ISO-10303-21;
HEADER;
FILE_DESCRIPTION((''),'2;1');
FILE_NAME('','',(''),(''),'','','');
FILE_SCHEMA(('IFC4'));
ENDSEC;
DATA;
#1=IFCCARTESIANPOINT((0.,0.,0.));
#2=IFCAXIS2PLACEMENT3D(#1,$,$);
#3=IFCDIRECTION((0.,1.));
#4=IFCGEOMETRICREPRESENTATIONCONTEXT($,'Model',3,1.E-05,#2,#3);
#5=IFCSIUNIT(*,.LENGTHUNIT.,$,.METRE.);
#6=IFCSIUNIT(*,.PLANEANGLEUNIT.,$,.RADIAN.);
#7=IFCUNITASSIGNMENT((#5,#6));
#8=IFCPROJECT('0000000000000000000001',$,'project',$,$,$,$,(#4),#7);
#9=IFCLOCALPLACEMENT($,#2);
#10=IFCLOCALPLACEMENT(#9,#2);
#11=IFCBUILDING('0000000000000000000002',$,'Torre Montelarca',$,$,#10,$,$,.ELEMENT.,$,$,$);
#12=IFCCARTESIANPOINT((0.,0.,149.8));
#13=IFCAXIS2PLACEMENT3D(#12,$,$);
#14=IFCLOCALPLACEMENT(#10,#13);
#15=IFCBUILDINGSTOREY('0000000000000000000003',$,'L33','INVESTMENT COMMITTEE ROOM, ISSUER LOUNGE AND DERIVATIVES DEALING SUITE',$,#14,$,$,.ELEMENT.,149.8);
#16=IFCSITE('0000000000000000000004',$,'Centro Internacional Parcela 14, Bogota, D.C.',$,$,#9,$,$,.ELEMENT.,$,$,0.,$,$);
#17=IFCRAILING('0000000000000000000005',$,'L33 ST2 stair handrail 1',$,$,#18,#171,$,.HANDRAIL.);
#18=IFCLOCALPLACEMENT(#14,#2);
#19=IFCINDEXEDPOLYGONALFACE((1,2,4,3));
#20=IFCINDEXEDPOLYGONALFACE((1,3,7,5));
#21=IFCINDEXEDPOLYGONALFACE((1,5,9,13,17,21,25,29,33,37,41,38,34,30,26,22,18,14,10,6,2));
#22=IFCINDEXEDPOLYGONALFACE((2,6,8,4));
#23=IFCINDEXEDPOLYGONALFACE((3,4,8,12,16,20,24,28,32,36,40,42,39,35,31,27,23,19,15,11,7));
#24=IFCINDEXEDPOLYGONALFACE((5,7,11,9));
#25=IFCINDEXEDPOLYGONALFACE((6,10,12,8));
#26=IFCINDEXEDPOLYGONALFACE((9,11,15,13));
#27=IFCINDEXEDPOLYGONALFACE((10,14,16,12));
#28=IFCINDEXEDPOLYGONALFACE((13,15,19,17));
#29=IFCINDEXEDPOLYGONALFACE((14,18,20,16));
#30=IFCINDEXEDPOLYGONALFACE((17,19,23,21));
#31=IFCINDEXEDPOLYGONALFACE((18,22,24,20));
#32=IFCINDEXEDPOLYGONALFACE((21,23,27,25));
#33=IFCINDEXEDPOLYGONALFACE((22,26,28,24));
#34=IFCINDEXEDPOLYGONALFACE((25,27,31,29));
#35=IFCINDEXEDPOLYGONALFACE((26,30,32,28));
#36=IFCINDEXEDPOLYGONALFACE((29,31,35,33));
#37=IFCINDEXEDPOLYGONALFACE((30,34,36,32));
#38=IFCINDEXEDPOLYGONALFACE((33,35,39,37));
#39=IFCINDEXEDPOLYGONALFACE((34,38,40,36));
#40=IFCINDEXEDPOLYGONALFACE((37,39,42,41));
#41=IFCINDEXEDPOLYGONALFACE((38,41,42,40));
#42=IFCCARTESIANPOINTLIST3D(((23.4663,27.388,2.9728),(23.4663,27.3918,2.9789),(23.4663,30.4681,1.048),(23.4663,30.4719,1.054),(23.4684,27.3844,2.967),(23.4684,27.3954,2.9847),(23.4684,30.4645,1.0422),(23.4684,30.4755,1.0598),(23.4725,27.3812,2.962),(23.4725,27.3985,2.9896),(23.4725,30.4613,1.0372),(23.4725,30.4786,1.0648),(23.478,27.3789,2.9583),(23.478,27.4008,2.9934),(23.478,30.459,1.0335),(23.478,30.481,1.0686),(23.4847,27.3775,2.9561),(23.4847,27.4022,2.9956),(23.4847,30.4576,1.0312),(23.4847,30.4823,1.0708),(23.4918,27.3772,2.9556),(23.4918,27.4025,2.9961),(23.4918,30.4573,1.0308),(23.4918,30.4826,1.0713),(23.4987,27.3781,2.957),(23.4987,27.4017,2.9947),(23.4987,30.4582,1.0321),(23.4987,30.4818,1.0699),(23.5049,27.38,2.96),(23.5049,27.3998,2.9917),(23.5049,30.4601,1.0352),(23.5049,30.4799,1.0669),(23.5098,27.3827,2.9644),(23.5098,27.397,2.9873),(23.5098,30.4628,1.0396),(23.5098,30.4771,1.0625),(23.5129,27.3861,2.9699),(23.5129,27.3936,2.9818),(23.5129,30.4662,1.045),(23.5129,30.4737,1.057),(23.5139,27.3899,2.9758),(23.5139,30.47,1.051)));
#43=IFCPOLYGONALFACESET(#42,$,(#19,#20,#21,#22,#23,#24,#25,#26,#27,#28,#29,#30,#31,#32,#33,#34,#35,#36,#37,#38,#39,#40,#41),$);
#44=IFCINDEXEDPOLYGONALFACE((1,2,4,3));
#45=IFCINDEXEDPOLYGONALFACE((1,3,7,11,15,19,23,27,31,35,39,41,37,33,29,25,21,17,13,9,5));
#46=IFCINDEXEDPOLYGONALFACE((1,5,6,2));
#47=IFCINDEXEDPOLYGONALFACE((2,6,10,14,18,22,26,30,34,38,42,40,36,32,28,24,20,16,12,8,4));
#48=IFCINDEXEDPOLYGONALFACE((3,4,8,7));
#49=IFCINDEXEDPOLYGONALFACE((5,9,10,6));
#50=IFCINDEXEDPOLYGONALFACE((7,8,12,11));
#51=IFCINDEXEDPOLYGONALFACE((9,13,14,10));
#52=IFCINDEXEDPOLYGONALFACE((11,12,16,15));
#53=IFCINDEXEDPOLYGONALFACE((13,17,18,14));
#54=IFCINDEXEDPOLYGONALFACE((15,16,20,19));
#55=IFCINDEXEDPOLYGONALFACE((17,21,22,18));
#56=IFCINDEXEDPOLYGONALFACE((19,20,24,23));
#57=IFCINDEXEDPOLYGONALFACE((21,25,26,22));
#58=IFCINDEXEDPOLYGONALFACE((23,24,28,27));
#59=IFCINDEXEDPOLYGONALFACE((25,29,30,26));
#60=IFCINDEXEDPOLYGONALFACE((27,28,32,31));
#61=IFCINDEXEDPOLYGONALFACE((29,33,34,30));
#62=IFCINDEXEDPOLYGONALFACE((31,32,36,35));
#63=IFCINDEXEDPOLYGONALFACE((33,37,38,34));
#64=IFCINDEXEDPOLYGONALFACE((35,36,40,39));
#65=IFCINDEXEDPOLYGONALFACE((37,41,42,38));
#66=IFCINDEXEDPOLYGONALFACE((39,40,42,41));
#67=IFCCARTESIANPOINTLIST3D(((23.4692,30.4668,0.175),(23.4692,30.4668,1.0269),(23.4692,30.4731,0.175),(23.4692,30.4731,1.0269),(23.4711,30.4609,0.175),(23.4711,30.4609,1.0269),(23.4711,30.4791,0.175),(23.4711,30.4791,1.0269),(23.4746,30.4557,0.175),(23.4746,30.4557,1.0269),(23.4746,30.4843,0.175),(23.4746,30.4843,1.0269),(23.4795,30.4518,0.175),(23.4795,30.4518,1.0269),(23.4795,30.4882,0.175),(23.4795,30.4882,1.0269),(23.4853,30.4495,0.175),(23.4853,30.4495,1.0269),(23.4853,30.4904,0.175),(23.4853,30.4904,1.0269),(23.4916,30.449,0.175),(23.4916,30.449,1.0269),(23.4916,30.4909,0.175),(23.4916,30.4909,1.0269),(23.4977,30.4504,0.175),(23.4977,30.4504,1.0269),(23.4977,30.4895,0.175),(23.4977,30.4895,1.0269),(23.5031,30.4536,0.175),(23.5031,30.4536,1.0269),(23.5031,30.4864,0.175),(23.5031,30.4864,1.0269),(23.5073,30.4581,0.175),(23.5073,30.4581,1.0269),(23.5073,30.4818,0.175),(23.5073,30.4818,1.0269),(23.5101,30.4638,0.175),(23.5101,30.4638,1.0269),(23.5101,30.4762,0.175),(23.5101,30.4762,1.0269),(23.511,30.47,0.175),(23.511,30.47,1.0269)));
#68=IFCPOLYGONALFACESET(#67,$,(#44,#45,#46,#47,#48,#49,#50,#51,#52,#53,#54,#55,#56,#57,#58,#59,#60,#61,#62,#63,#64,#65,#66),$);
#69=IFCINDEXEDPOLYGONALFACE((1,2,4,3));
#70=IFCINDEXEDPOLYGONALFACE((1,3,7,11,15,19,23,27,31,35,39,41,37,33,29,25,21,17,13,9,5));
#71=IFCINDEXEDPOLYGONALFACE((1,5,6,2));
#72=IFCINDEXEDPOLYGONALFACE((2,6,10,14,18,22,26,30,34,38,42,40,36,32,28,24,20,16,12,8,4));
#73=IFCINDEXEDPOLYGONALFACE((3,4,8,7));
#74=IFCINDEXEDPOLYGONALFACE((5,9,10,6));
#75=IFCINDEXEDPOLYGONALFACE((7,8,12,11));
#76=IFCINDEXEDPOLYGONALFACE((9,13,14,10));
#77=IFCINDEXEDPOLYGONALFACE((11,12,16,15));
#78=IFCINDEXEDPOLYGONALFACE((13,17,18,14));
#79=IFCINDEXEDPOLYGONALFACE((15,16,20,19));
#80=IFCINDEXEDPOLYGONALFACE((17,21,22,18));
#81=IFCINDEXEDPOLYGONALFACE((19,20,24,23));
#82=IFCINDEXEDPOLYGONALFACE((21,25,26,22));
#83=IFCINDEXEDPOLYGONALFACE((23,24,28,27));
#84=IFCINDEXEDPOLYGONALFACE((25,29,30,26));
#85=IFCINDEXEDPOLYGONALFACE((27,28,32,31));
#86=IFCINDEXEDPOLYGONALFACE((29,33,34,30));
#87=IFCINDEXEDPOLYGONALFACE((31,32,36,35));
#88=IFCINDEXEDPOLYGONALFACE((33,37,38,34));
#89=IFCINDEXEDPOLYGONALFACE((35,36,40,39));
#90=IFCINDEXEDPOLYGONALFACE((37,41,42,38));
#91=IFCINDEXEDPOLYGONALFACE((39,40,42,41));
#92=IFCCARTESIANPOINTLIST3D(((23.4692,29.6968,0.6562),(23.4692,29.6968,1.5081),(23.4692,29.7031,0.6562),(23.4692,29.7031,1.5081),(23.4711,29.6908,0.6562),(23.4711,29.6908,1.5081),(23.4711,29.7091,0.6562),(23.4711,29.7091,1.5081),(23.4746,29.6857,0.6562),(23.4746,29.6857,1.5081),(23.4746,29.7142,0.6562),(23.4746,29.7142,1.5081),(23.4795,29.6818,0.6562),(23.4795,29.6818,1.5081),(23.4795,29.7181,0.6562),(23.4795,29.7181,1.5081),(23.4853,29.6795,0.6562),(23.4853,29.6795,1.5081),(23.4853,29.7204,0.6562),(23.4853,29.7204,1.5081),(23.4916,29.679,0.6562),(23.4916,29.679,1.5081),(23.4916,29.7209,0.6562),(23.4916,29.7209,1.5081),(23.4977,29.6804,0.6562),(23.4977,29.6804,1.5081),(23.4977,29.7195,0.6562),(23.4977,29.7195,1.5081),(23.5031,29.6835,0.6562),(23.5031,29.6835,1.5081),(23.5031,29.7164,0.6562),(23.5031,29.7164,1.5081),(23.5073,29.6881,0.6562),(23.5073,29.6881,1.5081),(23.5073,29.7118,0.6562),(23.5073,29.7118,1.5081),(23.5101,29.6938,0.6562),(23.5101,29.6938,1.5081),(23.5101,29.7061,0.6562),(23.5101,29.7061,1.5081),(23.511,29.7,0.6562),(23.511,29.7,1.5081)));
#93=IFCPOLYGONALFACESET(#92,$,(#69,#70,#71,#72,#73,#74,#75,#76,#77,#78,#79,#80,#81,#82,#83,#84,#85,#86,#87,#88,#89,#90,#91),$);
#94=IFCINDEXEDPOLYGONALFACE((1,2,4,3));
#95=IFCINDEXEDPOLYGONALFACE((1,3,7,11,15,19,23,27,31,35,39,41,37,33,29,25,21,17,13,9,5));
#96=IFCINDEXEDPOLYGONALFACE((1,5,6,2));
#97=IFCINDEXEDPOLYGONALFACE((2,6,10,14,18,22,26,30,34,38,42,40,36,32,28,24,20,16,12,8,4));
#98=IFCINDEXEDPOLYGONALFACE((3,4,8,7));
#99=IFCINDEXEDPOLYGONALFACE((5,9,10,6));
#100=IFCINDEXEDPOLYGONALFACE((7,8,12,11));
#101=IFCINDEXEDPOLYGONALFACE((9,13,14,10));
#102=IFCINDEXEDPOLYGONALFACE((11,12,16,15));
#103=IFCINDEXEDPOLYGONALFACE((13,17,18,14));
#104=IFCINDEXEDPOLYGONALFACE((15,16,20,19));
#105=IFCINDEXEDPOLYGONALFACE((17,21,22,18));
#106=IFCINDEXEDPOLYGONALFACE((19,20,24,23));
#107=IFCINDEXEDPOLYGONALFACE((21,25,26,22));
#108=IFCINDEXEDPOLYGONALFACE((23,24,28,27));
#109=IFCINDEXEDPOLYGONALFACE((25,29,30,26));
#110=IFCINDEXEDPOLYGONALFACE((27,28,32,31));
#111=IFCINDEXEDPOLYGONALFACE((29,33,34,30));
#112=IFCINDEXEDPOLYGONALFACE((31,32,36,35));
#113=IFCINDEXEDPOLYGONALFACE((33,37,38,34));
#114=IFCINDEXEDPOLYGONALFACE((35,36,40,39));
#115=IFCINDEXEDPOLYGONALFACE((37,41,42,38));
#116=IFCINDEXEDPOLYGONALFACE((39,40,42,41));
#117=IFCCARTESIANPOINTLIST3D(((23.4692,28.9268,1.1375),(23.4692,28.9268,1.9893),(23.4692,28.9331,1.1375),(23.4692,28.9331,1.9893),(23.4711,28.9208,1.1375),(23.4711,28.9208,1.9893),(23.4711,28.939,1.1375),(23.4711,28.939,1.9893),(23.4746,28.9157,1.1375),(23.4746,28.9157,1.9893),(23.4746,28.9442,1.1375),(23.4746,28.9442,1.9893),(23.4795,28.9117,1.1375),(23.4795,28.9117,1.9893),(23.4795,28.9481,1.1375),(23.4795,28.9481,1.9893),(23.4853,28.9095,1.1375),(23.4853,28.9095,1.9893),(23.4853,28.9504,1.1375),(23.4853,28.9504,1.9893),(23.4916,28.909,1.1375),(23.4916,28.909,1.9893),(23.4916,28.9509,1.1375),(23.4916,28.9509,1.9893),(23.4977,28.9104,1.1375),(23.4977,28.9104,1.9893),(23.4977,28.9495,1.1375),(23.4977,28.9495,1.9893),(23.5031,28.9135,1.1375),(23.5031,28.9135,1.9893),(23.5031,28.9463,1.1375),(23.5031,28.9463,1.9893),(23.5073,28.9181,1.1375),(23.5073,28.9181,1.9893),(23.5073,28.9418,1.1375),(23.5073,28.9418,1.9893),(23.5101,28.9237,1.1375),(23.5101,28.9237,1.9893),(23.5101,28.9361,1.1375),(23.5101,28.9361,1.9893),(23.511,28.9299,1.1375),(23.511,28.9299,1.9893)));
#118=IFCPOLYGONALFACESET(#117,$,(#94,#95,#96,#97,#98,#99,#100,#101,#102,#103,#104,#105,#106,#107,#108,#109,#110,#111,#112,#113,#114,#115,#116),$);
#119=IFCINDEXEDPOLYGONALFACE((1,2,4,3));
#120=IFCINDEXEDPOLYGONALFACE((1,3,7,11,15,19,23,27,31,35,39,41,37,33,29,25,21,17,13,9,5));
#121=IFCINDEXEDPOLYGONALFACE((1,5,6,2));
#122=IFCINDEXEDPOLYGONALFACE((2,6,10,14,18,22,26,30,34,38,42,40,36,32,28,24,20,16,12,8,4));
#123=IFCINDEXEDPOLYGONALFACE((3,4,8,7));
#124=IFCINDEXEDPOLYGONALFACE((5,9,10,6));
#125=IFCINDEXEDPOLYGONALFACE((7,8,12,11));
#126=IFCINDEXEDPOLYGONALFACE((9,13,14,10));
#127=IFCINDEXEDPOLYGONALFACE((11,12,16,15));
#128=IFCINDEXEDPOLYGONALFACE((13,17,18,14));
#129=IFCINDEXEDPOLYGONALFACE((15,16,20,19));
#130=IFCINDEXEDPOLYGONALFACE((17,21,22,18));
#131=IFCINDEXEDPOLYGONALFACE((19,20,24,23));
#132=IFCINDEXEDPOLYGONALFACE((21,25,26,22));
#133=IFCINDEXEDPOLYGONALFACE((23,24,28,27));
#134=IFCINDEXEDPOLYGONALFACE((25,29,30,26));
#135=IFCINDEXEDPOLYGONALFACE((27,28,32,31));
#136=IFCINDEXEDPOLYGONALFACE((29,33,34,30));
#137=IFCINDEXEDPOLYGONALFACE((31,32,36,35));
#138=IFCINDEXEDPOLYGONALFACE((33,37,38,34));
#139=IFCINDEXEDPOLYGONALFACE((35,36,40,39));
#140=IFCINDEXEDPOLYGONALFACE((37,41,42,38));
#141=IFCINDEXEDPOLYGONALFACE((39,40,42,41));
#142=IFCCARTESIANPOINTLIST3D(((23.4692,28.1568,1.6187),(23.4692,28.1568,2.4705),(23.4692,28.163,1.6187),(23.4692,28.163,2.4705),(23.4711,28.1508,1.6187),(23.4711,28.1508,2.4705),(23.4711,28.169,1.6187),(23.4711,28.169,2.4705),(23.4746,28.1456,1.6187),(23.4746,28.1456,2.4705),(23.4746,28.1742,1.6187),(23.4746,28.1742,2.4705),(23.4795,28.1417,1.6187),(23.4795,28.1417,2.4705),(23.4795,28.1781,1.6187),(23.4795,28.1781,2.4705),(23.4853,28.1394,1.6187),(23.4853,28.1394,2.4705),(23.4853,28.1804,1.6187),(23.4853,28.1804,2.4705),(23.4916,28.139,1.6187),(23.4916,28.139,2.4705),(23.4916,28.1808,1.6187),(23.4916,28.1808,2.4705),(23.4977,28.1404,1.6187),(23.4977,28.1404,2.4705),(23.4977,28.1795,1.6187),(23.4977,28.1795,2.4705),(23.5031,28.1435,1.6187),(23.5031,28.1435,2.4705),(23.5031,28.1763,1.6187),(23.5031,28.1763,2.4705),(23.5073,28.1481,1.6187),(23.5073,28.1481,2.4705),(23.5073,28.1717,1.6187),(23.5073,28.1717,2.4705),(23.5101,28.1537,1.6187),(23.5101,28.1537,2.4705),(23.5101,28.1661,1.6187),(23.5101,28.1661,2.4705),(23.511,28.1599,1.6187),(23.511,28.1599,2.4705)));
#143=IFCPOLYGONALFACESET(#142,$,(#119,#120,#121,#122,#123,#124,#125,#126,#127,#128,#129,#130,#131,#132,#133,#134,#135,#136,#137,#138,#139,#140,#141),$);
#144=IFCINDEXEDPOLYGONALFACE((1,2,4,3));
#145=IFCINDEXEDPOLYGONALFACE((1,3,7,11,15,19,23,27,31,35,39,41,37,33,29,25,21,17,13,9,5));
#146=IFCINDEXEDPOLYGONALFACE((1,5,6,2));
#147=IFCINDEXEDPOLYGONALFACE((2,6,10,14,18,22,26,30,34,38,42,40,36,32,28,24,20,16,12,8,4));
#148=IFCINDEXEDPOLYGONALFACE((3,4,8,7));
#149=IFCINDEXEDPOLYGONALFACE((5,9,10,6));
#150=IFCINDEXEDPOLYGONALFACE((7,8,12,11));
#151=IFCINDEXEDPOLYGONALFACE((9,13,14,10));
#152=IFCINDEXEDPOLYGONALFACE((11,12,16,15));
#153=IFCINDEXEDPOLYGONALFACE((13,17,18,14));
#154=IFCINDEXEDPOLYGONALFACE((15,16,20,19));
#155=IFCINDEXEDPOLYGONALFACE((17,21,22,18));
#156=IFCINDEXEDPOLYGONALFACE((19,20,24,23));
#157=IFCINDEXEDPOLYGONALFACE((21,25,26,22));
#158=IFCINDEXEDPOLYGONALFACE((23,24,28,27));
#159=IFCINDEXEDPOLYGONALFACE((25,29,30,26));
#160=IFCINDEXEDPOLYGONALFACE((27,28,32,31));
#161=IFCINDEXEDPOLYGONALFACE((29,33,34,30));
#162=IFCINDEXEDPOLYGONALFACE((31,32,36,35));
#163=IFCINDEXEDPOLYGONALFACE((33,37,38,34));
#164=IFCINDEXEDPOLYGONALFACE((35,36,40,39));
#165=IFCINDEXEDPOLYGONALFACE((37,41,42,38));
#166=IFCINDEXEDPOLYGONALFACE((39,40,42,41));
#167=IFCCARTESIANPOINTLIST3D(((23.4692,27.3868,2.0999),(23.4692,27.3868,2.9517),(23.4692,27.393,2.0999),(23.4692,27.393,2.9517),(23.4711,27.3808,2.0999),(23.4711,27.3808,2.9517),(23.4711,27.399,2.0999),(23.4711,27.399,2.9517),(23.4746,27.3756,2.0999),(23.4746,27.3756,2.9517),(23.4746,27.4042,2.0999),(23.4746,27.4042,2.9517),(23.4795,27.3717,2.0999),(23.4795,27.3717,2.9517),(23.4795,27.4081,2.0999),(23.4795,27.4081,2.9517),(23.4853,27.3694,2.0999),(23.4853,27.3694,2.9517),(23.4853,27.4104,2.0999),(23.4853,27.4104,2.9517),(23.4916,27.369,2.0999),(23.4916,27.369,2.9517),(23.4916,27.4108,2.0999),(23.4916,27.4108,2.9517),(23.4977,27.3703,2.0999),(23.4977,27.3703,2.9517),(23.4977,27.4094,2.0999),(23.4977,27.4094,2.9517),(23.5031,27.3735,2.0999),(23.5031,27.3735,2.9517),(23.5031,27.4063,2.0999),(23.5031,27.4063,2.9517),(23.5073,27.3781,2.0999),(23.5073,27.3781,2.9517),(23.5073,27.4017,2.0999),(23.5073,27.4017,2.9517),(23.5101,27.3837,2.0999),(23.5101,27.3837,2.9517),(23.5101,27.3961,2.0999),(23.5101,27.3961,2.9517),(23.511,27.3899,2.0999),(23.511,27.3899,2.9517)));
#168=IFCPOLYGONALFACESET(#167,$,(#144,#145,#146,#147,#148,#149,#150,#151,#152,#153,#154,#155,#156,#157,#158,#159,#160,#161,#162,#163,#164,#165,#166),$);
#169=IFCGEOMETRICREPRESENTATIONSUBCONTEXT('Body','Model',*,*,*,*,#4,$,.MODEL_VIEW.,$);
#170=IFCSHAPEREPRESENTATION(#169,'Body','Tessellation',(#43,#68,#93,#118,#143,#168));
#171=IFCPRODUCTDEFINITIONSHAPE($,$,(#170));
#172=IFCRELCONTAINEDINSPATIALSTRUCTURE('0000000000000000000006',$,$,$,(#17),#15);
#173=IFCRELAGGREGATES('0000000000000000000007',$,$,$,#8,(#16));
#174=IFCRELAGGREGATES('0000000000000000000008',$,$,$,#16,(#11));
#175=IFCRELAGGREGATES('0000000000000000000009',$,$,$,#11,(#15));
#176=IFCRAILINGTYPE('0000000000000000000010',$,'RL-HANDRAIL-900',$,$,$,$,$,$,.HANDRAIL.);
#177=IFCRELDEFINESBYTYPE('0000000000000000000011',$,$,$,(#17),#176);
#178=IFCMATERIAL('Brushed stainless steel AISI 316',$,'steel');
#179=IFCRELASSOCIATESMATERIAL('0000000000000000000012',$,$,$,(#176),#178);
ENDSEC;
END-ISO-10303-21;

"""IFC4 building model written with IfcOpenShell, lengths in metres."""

from ifc_helpers import new_model, si_unit, direction, frame, origin, origin_2d, place, context, subcontext, project, spatial, circle, extrude, material, type_object, element, save


model = new_model("IFC4")

# Units and contexts
model_context = context("Model", 3, precision=1e-05, world=origin(), true_north=direction((0.0, 1.0)))
body_context = subcontext(model_context, "Body", "Model", "MODEL_VIEW")
ifc_project = project(units=[si_unit("LENGTHUNIT", "METRE"), si_unit("PLANEANGLEUNIT", "RADIAN")], contexts=[model_context])

# Site, building, storey
site_placement = place(None, origin())
site = spatial("IfcSite", under=ifc_project, at=site_placement, Name="Centro Internacional Parcela 14, Bogota, D.C.", CompositionType="ELEMENT", RefElevation=0.0)
building_placement = place(site_placement, origin())
building = spatial("IfcBuilding", under=site, at=building_placement, Name="Torre Montelarca", CompositionType="ELEMENT")
storey_placement = place(building_placement, frame((0.0, 0.0, 149.8)))
storey = spatial("IfcBuildingStorey", under=building, at=storey_placement, Name="L33", Description="INVESTMENT COMMITTEE ROOM, ISSUER LOUNGE AND DERIVATIVES DEALING SUITE", CompositionType="ELEMENT", Elevation=149.8)

# Railing
ifc_material_1 = material(Name="Brushed stainless steel AISI 316", Category="steel")
railing_type_1 = type_object("IfcRailingType", Name="RL-HANDRAIL-900", PredefinedType="HANDRAIL", material=ifc_material_1)
railing_1_placement = place(storey_placement, frame((23.49, 30.47, 0.175)))
element("IfcRailing", 1, at=railing_1_placement, inside=storey, type_object=railing_type_1, Name="L33 ST2 stair handrail 1", PredefinedType="HANDRAIL", context=body_context, shape_type="SweptSolid", body=[
    extrude(circle(Radius=0.0239, at=origin_2d()), frame((0.0, 0.0, 0.876), z_axis=(0.0, -0.848029, 0.529951), x_axis=(1.0, 0.0, 0.0)), (0.0, 0.0, 1.0), 3.6321),
    extrude(circle(Radius=0.021, at=origin_2d()), origin(), (0.0, 0.0, 1.0), 0.8518),
    extrude(circle(Radius=0.021, at=origin_2d()), frame((0.0, -0.77, 0.4812)), (0.0, 0.0, 1.0), 0.8518),
    extrude(circle(Radius=0.021, at=origin_2d()), frame((0.0, -1.54, 0.9624)), (0.0, 0.0, 1.0), 0.8518),
    extrude(circle(Radius=0.021, at=origin_2d()), frame((0.0, -2.3101, 1.4436)), (0.0, 0.0, 1.0), 0.8518),
    extrude(circle(Radius=0.021, at=origin_2d()), frame((0.0, -3.0801, 1.9248)), (0.0, 0.0, 1.0), 0.8518),
])

save(model, "model.ifc")
